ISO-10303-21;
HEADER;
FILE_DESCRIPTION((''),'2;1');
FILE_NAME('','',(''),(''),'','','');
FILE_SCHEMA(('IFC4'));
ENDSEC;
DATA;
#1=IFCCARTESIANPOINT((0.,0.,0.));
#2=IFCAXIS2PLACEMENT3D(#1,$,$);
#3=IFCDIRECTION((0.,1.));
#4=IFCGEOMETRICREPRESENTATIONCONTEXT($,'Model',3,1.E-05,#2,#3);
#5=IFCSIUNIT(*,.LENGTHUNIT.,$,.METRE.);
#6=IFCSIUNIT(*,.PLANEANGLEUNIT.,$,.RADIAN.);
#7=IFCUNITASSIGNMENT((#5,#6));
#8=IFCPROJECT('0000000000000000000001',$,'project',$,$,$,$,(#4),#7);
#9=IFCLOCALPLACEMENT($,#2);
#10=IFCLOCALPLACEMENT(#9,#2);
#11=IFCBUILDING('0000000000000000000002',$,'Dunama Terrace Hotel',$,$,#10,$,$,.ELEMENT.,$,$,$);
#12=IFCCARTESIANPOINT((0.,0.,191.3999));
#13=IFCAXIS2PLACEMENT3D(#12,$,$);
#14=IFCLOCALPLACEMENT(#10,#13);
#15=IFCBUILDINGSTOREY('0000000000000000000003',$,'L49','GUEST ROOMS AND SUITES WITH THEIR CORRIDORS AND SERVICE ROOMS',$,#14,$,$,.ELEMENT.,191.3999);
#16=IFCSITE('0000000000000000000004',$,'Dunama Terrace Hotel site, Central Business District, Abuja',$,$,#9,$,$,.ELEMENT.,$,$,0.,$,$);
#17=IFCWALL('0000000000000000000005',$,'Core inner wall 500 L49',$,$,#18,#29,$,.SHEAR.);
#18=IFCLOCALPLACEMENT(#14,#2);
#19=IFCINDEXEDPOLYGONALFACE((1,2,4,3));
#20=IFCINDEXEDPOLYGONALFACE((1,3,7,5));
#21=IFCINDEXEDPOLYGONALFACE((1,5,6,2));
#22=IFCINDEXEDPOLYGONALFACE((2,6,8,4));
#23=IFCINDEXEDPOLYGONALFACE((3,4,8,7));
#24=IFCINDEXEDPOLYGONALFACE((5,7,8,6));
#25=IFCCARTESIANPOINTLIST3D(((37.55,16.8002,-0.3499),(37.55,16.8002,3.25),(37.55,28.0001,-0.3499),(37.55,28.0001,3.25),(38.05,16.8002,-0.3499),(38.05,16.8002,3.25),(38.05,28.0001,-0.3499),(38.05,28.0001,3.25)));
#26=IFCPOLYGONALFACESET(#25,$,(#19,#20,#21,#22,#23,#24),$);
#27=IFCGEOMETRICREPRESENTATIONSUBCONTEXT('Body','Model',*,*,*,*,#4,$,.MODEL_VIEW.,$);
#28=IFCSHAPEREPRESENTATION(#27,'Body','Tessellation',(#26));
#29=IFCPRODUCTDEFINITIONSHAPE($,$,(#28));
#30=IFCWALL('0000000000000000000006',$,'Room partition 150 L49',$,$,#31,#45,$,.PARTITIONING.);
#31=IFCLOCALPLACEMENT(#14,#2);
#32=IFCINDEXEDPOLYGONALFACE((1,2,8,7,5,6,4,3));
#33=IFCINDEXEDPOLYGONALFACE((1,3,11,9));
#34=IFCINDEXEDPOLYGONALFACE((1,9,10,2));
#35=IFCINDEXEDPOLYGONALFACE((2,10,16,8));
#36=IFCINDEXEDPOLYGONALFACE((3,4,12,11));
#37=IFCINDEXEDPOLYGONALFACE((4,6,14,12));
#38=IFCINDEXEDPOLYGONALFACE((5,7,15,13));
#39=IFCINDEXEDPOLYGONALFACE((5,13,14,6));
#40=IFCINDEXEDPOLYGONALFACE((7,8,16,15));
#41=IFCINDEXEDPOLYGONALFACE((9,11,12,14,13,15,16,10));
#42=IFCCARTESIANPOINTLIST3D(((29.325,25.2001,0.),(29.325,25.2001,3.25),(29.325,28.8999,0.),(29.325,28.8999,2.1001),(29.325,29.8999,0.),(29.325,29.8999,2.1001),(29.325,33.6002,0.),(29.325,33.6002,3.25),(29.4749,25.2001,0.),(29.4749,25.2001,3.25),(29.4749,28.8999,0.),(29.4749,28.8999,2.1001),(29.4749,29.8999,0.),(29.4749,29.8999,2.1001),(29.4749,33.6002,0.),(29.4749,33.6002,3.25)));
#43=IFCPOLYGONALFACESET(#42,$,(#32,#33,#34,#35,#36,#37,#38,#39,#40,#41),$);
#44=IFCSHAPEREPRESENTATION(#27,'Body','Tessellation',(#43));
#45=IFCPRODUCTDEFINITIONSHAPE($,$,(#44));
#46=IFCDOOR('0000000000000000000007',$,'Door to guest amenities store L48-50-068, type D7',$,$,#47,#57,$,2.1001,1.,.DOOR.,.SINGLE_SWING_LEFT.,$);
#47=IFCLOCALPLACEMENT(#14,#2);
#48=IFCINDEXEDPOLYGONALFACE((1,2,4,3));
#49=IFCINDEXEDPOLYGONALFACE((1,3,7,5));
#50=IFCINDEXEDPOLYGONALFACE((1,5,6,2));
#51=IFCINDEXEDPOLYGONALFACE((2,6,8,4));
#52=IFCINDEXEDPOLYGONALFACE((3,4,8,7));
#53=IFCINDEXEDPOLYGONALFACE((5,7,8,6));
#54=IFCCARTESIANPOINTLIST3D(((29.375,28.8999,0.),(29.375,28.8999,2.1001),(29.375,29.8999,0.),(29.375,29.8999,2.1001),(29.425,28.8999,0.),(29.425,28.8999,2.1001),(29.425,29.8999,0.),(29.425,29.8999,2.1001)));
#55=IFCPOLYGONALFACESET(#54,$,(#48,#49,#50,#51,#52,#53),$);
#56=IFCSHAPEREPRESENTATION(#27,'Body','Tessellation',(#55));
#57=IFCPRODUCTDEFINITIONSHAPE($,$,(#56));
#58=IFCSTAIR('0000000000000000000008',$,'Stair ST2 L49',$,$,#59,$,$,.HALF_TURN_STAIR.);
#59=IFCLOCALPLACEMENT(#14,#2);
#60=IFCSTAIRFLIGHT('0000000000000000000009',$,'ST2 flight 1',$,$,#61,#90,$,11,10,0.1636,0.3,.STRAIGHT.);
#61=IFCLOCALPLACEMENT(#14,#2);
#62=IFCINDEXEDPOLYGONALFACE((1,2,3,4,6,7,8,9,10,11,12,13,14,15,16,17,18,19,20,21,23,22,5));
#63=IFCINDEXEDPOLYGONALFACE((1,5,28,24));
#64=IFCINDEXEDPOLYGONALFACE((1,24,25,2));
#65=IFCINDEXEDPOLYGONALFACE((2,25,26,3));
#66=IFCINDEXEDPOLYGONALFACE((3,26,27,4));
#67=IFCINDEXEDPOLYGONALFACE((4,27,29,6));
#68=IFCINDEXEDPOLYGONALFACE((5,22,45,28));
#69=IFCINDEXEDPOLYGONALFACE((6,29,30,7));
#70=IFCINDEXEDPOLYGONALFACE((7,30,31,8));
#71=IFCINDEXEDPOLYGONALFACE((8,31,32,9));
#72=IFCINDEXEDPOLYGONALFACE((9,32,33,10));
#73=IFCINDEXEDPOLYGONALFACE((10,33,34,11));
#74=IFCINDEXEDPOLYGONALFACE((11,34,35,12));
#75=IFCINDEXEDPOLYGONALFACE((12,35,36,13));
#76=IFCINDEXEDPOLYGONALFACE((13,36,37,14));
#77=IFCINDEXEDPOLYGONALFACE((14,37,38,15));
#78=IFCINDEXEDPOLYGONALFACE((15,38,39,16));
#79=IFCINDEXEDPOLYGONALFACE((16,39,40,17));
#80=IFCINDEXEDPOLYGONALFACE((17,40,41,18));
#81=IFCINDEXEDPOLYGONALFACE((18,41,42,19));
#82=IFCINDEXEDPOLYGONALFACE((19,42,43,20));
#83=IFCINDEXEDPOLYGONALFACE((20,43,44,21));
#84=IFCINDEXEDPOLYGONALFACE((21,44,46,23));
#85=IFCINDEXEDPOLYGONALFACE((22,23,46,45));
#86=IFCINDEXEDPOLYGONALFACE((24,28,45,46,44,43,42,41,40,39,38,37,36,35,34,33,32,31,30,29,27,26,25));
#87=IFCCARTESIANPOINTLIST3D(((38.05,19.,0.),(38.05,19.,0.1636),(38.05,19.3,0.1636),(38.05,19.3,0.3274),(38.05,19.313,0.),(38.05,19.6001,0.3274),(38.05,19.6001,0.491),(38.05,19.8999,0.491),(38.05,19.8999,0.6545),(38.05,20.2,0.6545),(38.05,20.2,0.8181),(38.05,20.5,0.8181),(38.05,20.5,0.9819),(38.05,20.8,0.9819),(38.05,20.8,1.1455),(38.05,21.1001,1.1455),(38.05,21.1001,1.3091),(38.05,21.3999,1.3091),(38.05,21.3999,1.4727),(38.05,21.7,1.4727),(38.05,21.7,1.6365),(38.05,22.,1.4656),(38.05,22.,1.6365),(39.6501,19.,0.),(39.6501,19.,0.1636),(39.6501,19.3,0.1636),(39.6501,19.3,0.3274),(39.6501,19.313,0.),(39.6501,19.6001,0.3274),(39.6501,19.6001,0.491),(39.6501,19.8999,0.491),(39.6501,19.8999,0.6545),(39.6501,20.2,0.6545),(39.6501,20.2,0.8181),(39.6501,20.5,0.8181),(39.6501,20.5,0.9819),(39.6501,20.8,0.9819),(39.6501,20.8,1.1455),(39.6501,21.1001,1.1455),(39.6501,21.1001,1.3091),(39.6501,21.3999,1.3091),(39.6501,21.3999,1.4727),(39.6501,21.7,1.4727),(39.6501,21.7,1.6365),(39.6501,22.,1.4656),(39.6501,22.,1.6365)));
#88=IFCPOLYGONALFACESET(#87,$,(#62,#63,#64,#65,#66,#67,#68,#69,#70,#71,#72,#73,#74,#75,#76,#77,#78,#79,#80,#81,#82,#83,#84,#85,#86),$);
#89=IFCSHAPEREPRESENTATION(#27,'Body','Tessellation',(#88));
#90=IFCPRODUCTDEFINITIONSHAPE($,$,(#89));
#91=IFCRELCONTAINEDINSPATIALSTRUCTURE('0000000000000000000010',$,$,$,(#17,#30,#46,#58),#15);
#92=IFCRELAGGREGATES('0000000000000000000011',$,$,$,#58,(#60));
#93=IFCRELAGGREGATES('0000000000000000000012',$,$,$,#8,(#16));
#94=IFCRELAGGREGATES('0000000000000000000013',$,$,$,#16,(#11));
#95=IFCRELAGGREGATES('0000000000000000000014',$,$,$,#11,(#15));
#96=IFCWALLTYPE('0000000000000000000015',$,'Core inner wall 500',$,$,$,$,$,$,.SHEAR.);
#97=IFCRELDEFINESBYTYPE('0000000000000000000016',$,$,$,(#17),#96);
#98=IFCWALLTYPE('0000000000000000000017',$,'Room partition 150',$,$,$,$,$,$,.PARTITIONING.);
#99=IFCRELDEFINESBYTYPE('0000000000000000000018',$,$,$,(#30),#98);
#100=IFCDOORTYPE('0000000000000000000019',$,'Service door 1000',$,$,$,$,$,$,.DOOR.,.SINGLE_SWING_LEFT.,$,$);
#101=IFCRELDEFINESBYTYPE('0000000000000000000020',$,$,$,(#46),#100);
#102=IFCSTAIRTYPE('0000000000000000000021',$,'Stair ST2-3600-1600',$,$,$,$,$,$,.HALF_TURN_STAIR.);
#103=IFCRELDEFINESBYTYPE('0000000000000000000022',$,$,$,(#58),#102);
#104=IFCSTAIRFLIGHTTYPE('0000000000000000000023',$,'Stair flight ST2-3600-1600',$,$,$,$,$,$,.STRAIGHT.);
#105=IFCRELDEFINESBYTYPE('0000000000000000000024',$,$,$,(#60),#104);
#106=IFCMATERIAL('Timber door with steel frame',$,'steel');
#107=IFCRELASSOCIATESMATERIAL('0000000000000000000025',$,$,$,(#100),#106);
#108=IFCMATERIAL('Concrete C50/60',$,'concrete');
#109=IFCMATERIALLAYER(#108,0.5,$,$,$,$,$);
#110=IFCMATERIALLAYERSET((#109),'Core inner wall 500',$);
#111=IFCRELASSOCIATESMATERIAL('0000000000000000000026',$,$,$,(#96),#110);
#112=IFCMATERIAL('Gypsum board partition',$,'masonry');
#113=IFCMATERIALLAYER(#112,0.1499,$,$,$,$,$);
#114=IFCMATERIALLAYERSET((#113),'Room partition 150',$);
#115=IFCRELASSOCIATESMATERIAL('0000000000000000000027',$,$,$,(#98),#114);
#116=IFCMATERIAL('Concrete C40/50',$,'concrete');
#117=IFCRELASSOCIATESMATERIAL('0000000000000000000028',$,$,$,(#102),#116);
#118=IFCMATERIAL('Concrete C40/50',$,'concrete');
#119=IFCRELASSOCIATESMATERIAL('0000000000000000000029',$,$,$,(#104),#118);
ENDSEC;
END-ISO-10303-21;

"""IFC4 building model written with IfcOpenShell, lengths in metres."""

from ifc_helpers import new_model, si_unit, direction, frame, frame_2d, origin, place, context, subcontext, project, spatial, polyline, rectangle, outline, extrude, material, layer, layer_set, type_object, element, fill, aggregate, save


model = new_model("IFC4")

# Units and contexts
model_context = context("Model", 3, precision=1e-05, world=origin(), true_north=direction((0.0, 1.0)))
body_context = subcontext(model_context, "Body", "Model", "MODEL_VIEW")
ifc_project = project(units=[si_unit("LENGTHUNIT", "METRE"), si_unit("PLANEANGLEUNIT", "RADIAN")], contexts=[model_context])

# Site, building, storey
site_placement = place(None, origin())
site = spatial("IfcSite", under=ifc_project, at=site_placement, Name="Dunama Terrace Hotel site, Central Business District, Abuja", CompositionType="ELEMENT", RefElevation=0.0)
building_placement = place(site_placement, origin())
building = spatial("IfcBuilding", under=site, at=building_placement, Name="Dunama Terrace Hotel", CompositionType="ELEMENT")
storey_placement = place(building_placement, frame((0.0, 0.0, 191.3999)))
storey = spatial("IfcBuildingStorey", under=building, at=storey_placement, Name="L49", Description="GUEST ROOMS AND SUITES WITH THEIR CORRIDORS AND SERVICE ROOMS", CompositionType="ELEMENT", Elevation=191.3999)

# Shared definitions
ifc_material_1 = material(Name="Timber door with steel frame", Category="steel")
door_type_1 = type_object("IfcDoorType", Name="Service door 1000", OperationType="SINGLE_SWING_LEFT", PredefinedType="DOOR", material=ifc_material_1)

# Wall
ifc_material_2 = material(Name="Concrete C50/60", Category="concrete")
ifc_layer_1 = layer(ifc_material_2, 0.5)
ifc_layer_set_1 = layer_set([ifc_layer_1], Name="Core inner wall 500")
wall_type_1 = type_object("IfcWallType", Name="Core inner wall 500", PredefinedType="SHEAR", material=ifc_layer_set_1)
wall_1_placement = place(storey_placement, frame((37.8, 16.8, -0.3499), z_axis=(0.0, 0.0, 1.0), x_axis=(0.0, 1.0, 0.0)))
element("IfcWall", 1, at=wall_1_placement, inside=storey, type_object=wall_type_1, Name="Core inner wall 500 L49", PredefinedType="SHEAR", context=body_context, shape_type="SweptSolid", body=[
    extrude(rectangle(XDim=11.2, YDim=0.5, at=frame_2d((5.6001, 0.0))), origin(), (0.0, 0.0, 1.0), 3.5999),
])

# Wall, opening, door
ifc_material_3 = material(Name="Gypsum board partition", Category="masonry")
ifc_layer_2 = layer(ifc_material_3, 0.1499)
ifc_layer_set_2 = layer_set([ifc_layer_2], Name="Room partition 150")
wall_type_2 = type_object("IfcWallType", Name="Room partition 150", PredefinedType="PARTITIONING", material=ifc_layer_set_2)
wall_2_placement = place(storey_placement, frame((29.3999, 25.2, 0.0), z_axis=(0.0, 0.0, 1.0), x_axis=(0.0, 1.0, 0.0)))
wall_2 = element("IfcWall", 2, at=wall_2_placement, inside=storey, type_object=wall_type_2, Name="Room partition 150 L49", PredefinedType="PARTITIONING", context=body_context, shape_type="SweptSolid", body=[
    extrude(rectangle(XDim=8.4001, YDim=0.1499, at=frame_2d((4.2002, 0.0))), origin(), (0.0, 0.0, 1.0), 3.25),
])
opening_1_placement = place(wall_2_placement, frame((3.7, 0.0, 0.0)))
opening_1 = element("IfcOpeningElement", 3, at=opening_1_placement, cuts=wall_2, PredefinedType="OPENING", context=body_context, shape_type="SweptSolid", body=[
    extrude(rectangle(XDim=1.0, YDim=2.1001, at=frame_2d((0.5, 1.05))), frame((0.0, 0.085, 0.0), z_axis=(0.0, -1.0, 0.0), x_axis=(1.0, 0.0, 0.0)), (0.0, 0.0, 1.0), 0.1699),
])
door_1_placement = place(opening_1_placement, origin())
door_1 = element("IfcDoor", 4, at=door_1_placement, inside=storey, type_object=door_type_1, Name="Door to guest amenities store L48-50-068, type D7", OperationType="SINGLE_SWING_LEFT", OverallHeight=2.1001, OverallWidth=1.0, PredefinedType="DOOR", context=body_context, shape_type="SweptSolid", body=[
    extrude(rectangle(XDim=1.0, YDim=2.1001, at=frame_2d((0.5, 1.05))), frame((0.0, 0.0249, 0.0), z_axis=(0.0, -1.0, 0.0), x_axis=(1.0, 0.0, 0.0)), (0.0, 0.0, 1.0), 0.05),
])
fill(opening_1, door_1)

# Stair, stair flight
ifc_material_4 = material(Name="Concrete C40/50", Category="concrete")
stair_type = type_object("IfcStairType", Name="Stair ST2-3600-1600", PredefinedType="HALF_TURN_STAIR", material=ifc_material_4)
stair_placement = place(storey_placement, origin())
stair = element("IfcStair", 5, at=stair_placement, inside=storey, type_object=stair_type, Name="Stair ST2 L49", PredefinedType="HALF_TURN_STAIR")
ifc_material_5 = material(Name="Concrete C40/50", Category="concrete")
stair_flight_type = type_object("IfcStairFlightType", Name="Stair flight ST2-3600-1600", PredefinedType="STRAIGHT", material=ifc_material_5)
stair_flight_placement = place(storey_placement, frame((38.8501, 19.0, 0.0), z_axis=(0.0, 0.0, 1.0), x_axis=(0.0, 1.0, 0.0)))
stair_flight = element("IfcStairFlight", 6, at=stair_flight_placement, type_object=stair_flight_type, Name="ST2 flight 1", NumberOfRisers=11, NumberOfTreads=10, PredefinedType="STRAIGHT", RiserHeight=0.1636, TreadLength=0.3, context=body_context, shape_type="SweptSolid", body=[
    extrude(outline(polyline([(0.0, 0.0), (0.0, 0.1636), (0.3, 0.1636), (0.3, 0.3274), (0.6001, 0.3274), (0.6001, 0.491), (0.8999, 0.491), (0.8999, 0.6545), (1.2, 0.6545), (1.2, 0.8181), (1.5, 0.8181), (1.5, 0.9819), (1.8, 0.9819), (1.8, 1.1455), (2.1001, 1.1455), (2.1001, 1.3091), (2.3999, 1.3091), (2.3999, 1.4727), (2.7, 1.4727), (2.7, 1.6365), (3.0, 1.6365), (3.0, 1.8), (3.0, 1.4656), (0.313, 0.0), (0.0, 0.0)])), frame((0.0, 0.8, 0.0), z_axis=(0.0, -1.0, 0.0), x_axis=(1.0, 0.0, 0.0)), (0.0, 0.0, 1.0), 1.6001),
])
aggregate(stair, [stair_flight])

save(model, "model.ifc")
